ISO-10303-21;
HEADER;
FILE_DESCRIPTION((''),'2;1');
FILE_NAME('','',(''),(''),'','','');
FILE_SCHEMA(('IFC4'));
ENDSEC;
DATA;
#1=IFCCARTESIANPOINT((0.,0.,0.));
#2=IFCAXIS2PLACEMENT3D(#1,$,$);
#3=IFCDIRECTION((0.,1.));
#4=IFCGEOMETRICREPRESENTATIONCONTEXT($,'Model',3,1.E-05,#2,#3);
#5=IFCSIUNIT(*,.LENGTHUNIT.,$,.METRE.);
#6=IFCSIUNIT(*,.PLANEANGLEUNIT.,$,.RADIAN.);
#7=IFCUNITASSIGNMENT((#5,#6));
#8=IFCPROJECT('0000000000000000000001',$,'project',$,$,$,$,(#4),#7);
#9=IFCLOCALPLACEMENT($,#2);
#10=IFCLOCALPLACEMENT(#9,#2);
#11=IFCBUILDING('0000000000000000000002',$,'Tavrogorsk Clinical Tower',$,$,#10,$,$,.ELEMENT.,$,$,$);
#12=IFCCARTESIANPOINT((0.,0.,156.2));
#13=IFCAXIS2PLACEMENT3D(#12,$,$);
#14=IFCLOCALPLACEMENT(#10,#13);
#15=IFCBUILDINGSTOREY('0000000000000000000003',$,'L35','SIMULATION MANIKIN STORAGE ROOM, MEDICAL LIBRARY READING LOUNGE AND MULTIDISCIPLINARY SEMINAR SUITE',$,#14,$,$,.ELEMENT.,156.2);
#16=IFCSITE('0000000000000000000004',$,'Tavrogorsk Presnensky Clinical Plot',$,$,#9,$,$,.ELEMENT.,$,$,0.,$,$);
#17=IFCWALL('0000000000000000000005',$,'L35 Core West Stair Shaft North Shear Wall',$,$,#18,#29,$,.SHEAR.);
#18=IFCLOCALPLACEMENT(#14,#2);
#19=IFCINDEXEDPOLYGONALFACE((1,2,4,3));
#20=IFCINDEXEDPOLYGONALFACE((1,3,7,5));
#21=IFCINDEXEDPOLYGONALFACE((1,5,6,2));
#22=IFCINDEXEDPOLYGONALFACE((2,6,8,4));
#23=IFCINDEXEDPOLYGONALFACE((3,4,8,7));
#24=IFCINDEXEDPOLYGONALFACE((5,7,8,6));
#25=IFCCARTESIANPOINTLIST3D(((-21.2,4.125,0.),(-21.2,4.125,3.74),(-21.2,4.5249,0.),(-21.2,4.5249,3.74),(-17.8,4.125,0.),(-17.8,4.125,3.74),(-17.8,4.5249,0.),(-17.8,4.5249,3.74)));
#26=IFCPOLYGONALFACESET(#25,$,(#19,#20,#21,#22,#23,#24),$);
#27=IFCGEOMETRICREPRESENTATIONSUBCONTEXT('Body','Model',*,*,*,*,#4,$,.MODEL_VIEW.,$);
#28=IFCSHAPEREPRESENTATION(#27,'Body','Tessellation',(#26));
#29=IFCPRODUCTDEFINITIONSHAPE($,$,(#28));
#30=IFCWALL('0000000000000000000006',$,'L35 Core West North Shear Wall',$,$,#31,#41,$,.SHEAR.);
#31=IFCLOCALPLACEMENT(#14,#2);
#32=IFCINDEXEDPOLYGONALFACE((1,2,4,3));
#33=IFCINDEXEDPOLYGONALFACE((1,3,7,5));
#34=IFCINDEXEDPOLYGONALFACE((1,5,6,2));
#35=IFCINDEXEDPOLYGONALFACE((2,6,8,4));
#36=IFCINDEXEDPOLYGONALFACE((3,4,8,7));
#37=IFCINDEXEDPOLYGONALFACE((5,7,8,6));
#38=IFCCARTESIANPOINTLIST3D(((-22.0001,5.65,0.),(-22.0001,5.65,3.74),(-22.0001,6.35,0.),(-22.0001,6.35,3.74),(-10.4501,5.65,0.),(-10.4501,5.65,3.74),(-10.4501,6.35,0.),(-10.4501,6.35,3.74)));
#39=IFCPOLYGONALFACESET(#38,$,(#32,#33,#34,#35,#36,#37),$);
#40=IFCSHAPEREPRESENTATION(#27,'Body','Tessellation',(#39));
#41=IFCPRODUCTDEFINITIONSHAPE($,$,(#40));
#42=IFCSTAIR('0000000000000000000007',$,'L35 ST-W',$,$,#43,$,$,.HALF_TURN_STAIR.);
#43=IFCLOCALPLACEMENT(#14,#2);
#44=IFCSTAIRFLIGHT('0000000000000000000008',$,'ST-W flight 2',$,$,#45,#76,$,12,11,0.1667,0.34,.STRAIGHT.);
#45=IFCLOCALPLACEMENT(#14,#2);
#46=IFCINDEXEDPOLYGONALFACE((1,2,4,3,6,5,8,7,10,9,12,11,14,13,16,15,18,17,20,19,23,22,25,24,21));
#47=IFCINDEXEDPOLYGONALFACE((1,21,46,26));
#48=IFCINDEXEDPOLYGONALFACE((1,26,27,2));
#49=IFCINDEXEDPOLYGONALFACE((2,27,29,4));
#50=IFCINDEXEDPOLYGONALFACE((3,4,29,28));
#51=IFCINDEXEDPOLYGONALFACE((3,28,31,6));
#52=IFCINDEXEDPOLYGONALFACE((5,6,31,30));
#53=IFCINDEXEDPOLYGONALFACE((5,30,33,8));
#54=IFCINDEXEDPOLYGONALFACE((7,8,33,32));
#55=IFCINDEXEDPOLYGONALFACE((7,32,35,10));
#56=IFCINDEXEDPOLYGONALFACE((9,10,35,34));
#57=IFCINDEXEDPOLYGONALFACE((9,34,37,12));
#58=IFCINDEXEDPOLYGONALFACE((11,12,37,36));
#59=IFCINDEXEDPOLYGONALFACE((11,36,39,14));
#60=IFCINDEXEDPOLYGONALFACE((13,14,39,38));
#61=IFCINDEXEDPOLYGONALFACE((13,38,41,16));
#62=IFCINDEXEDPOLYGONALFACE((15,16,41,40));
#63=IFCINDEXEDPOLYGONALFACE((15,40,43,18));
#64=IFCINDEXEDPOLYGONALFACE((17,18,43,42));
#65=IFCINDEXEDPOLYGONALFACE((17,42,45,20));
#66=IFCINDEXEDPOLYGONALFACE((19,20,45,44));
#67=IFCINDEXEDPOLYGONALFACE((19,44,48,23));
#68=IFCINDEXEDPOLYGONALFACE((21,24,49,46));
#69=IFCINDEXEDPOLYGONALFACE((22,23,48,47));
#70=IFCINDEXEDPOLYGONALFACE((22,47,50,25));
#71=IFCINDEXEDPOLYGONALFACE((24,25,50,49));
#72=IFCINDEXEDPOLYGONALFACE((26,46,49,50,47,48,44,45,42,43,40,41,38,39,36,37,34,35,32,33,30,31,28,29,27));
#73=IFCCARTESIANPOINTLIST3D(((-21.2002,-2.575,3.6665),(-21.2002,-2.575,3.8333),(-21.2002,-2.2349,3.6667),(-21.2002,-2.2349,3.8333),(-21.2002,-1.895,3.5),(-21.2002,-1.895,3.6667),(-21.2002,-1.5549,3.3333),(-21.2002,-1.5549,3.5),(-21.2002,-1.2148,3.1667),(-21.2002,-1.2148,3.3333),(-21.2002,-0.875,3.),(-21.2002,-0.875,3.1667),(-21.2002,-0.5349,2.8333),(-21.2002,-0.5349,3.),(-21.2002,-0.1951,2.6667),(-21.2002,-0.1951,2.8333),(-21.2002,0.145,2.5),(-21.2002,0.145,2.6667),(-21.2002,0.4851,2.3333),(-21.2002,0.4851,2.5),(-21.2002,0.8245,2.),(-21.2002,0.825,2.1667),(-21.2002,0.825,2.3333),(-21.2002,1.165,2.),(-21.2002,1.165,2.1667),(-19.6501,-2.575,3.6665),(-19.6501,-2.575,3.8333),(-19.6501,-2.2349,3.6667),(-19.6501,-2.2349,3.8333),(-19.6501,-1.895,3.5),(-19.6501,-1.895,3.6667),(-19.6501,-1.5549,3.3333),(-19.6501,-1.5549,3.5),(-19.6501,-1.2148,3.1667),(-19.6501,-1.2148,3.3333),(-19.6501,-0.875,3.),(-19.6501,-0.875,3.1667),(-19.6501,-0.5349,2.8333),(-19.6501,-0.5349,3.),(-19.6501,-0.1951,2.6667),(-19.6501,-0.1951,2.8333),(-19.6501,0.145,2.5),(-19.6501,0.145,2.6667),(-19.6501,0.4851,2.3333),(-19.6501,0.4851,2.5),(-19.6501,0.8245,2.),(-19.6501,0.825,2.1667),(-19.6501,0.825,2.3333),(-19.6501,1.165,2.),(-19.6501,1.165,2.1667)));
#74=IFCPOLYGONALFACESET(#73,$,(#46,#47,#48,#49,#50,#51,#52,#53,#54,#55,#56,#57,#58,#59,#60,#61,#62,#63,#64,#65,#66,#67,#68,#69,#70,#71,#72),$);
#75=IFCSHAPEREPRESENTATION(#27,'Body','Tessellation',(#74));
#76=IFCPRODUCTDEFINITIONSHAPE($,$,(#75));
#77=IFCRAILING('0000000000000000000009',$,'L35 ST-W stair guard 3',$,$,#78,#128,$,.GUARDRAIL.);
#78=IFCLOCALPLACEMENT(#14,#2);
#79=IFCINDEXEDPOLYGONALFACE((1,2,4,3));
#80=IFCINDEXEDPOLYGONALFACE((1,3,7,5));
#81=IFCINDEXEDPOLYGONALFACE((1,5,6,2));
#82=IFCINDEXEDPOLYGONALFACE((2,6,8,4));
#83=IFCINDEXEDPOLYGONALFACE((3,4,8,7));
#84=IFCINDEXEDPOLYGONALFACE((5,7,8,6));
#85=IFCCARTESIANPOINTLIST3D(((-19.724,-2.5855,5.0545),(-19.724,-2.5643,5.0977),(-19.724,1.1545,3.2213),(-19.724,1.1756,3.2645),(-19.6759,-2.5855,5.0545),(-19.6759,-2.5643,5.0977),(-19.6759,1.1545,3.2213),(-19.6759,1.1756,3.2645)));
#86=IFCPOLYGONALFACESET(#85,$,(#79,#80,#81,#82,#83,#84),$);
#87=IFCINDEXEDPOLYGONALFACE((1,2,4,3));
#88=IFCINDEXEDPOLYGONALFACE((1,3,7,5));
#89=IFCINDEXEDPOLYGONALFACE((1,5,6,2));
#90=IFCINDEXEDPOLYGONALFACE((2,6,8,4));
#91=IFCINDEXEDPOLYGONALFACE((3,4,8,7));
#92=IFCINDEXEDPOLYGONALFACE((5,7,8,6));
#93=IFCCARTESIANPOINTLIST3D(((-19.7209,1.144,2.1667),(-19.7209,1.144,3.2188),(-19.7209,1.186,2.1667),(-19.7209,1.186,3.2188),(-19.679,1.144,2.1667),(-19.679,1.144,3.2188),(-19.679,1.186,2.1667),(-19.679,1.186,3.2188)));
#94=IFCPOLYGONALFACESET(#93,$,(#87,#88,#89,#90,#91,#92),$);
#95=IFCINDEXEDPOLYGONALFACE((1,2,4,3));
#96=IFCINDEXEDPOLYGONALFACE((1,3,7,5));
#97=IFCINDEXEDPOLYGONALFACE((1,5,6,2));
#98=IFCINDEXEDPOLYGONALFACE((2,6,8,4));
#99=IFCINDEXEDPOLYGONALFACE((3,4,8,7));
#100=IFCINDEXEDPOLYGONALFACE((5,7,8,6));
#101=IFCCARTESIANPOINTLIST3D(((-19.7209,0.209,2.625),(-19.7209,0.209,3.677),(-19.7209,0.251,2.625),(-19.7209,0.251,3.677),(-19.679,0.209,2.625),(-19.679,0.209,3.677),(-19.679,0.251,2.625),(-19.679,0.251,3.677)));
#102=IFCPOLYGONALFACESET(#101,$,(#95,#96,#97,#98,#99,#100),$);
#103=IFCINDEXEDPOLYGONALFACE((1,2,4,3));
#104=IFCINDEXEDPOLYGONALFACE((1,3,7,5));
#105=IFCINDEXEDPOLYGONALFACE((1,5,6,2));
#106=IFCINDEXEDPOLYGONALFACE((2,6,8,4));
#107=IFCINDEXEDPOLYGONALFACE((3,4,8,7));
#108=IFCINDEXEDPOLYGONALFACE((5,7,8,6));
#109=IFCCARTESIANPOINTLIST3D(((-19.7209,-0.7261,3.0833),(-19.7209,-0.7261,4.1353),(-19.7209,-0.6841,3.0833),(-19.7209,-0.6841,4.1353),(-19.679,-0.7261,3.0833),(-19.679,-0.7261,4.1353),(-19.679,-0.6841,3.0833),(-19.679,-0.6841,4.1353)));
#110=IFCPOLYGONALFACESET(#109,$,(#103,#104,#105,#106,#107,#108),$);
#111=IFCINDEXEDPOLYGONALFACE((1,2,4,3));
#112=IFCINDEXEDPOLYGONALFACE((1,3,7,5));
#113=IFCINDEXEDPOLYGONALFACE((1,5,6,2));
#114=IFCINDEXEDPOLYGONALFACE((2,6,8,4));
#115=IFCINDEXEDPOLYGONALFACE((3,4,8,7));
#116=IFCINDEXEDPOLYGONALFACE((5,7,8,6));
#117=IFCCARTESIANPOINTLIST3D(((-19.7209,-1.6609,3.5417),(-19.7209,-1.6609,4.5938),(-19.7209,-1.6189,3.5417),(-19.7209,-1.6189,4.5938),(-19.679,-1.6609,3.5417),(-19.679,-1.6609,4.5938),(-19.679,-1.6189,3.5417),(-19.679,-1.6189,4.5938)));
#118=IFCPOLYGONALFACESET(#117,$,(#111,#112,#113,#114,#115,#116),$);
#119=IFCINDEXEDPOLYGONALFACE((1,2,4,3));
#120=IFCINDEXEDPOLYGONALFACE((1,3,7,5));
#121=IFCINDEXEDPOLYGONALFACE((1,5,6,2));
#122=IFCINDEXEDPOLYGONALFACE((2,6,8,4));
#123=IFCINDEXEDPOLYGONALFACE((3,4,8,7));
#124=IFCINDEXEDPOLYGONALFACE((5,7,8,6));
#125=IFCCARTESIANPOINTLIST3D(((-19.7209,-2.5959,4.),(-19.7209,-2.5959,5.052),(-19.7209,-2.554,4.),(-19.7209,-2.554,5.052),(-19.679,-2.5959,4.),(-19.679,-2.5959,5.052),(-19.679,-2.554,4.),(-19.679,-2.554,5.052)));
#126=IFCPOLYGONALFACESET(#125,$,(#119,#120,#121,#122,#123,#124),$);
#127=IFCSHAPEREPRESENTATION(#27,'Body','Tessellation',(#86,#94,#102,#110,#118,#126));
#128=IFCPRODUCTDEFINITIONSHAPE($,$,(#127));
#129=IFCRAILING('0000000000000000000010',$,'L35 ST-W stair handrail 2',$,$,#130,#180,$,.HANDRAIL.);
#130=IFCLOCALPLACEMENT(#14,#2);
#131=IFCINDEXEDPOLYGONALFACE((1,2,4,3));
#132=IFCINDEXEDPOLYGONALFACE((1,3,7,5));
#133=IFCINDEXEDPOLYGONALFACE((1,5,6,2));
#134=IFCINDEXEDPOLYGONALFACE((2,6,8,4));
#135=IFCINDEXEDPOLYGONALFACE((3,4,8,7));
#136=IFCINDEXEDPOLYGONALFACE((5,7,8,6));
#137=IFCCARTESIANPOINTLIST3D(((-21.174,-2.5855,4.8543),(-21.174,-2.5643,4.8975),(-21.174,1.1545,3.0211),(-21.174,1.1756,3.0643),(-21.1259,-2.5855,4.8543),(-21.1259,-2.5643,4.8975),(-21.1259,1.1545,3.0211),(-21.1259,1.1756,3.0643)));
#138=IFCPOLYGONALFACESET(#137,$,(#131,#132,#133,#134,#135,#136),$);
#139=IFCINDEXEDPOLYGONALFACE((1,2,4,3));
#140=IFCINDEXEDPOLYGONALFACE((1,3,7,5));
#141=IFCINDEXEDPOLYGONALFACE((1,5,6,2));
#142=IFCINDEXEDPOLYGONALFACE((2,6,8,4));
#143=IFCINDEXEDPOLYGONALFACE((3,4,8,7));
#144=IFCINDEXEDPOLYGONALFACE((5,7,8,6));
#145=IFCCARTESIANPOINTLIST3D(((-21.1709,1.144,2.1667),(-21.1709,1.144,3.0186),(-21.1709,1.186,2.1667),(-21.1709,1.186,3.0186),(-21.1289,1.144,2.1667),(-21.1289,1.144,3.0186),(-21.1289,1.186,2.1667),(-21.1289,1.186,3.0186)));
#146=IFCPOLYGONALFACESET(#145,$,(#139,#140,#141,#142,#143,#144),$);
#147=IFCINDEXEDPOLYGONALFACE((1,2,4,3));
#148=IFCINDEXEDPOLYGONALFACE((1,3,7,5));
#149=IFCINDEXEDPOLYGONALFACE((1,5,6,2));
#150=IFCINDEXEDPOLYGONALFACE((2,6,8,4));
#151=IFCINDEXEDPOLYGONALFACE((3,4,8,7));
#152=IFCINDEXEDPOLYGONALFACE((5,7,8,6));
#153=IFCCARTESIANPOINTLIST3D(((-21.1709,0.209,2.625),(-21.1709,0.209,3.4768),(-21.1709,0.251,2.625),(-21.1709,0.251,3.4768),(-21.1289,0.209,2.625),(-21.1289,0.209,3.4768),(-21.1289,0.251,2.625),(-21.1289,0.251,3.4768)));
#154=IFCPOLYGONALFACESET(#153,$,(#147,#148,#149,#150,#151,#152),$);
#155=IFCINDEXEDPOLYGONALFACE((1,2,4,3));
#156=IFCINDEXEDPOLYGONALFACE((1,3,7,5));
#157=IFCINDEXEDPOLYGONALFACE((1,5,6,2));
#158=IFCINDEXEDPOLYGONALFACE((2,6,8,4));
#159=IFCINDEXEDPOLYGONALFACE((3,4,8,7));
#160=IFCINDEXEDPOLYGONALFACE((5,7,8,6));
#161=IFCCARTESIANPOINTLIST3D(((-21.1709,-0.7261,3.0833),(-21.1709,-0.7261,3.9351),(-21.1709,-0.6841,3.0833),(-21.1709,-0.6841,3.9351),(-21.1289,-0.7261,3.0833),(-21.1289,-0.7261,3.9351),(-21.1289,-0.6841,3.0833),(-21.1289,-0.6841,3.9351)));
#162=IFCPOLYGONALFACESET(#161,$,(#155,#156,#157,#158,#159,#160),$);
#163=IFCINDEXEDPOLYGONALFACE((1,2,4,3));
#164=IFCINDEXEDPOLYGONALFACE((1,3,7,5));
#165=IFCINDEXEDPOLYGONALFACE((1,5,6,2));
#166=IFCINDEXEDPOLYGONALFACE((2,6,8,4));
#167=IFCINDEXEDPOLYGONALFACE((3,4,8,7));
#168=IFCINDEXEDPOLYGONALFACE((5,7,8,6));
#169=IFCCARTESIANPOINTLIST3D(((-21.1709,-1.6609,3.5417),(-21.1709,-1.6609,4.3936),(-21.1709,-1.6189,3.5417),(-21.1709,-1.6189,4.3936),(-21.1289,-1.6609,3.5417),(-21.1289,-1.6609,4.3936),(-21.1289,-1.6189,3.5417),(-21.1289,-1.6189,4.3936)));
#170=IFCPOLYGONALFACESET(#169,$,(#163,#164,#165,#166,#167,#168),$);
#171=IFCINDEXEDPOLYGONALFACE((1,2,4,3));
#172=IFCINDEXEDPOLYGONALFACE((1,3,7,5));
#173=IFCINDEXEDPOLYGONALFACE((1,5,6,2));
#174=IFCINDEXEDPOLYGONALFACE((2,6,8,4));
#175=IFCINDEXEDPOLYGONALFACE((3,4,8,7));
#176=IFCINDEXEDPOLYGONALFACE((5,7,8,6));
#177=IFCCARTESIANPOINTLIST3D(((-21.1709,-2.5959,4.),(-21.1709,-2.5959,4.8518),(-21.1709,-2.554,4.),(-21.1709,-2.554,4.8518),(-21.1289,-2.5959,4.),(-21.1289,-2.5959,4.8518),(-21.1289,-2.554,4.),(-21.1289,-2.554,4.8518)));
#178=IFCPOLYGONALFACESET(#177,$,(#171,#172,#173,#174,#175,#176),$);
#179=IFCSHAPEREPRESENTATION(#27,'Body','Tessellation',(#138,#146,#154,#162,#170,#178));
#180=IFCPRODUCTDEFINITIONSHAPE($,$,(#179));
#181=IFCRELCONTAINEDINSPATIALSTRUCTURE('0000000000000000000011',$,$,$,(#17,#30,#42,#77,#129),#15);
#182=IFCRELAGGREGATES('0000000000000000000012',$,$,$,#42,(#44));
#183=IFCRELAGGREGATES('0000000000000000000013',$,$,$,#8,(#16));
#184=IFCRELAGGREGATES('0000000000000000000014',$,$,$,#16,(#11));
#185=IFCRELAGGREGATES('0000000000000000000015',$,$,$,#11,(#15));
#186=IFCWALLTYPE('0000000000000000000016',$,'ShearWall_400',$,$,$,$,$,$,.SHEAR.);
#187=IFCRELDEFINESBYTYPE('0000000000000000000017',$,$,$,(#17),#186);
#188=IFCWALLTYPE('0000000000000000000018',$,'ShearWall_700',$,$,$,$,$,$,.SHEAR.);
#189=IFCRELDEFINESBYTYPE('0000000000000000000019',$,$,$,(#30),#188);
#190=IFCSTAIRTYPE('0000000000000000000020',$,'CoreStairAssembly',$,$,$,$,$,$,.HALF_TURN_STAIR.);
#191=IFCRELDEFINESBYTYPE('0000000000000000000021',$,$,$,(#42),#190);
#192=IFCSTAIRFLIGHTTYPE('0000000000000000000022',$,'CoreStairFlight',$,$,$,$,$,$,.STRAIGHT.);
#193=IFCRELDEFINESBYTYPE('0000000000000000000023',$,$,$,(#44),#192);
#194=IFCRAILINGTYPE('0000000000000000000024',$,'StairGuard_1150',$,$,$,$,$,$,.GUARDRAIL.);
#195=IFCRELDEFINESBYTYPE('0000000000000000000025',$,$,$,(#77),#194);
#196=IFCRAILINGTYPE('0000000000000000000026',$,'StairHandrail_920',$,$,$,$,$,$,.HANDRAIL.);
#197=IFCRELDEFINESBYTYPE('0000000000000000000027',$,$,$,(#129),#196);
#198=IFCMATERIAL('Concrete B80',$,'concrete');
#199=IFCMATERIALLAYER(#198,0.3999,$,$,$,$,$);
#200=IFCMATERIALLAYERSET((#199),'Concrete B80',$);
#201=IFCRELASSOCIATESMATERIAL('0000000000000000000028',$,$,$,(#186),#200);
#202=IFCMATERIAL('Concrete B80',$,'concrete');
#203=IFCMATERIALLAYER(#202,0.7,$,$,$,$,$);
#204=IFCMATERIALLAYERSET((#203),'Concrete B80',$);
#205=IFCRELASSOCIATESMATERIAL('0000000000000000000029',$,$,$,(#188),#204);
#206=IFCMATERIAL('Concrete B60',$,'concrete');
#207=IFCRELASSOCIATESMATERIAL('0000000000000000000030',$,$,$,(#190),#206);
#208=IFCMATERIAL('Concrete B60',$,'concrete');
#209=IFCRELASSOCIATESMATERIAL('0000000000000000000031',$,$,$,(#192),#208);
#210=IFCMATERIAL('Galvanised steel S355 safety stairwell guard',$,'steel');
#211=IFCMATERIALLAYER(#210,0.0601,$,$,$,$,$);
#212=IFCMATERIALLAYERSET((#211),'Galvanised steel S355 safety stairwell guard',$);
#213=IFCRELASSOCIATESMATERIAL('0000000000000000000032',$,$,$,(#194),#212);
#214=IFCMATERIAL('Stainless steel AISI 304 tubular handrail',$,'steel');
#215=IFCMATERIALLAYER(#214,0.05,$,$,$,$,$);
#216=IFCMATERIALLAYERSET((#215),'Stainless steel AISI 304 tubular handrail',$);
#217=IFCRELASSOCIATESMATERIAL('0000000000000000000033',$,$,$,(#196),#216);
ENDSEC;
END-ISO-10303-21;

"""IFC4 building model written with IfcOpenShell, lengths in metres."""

from ifc_helpers import new_model, si_unit, direction, frame, frame_2d, origin, origin_2d, place, context, subcontext, project, spatial, polyline, rectangle, outline, extrude, material, layer, layer_set, type_object, element, aggregate, save


model = new_model("IFC4")

# Units and contexts
model_context = context("Model", 3, precision=1e-05, world=origin(), true_north=direction((0.0, 1.0)))
body_context = subcontext(model_context, "Body", "Model", "MODEL_VIEW")
ifc_project = project(units=[si_unit("LENGTHUNIT", "METRE"), si_unit("PLANEANGLEUNIT", "RADIAN")], contexts=[model_context])

# Site, building, storey
site_placement = place(None, origin())
site = spatial("IfcSite", under=ifc_project, at=site_placement, Name="Tavrogorsk Presnensky Clinical Plot", CompositionType="ELEMENT", RefElevation=0.0)
building_placement = place(site_placement, origin())
building = spatial("IfcBuilding", under=site, at=building_placement, Name="Tavrogorsk Clinical Tower", CompositionType="ELEMENT")
storey_placement = place(building_placement, frame((0.0, 0.0, 156.2)))
storey = spatial("IfcBuildingStorey", under=building, at=storey_placement, Name="L35", Description="SIMULATION MANIKIN STORAGE ROOM, MEDICAL LIBRARY READING LOUNGE AND MULTIDISCIPLINARY SEMINAR SUITE", CompositionType="ELEMENT", Elevation=156.2)

# Walls
ifc_material_1 = material(Name="Concrete B80", Category="concrete")
ifc_layer_1 = layer(ifc_material_1, 0.3999)
ifc_layer_set_1 = layer_set([ifc_layer_1], Name="Concrete B80")
wall_type_1 = type_object("IfcWallType", Name="ShearWall_400", PredefinedType="SHEAR", material=ifc_layer_set_1)
wall_1_placement = place(storey_placement, frame((-21.2, 4.325, 0.0), z_axis=(0.0, 0.0, 1.0), x_axis=(1.0, 0.0, 0.0)))
element("IfcWall", 1, at=wall_1_placement, inside=storey, type_object=wall_type_1, Name="L35 Core West Stair Shaft North Shear Wall", PredefinedType="SHEAR", context=body_context, shape_type="SweptSolid", body=[
    extrude(rectangle(XDim=3.3999, YDim=0.3999, at=frame_2d((1.7, 0.0))), origin(), (0.0, 0.0, 1.0), 3.74),
])
ifc_material_2 = material(Name="Concrete B80", Category="concrete")
ifc_layer_2 = layer(ifc_material_2, 0.7)
ifc_layer_set_2 = layer_set([ifc_layer_2], Name="Concrete B80")
wall_type_2 = type_object("IfcWallType", Name="ShearWall_700", PredefinedType="SHEAR", material=ifc_layer_set_2)
wall_2_placement = place(storey_placement, frame((-22.0, 6.0, 0.0), z_axis=(0.0, 0.0, 1.0), x_axis=(1.0, 0.0, 0.0)))
element("IfcWall", 2, at=wall_2_placement, inside=storey, type_object=wall_type_2, Name="L35 Core West North Shear Wall", PredefinedType="SHEAR", context=body_context, shape_type="SweptSolid", body=[
    extrude(rectangle(XDim=11.55, YDim=0.7, at=frame_2d((5.7749, 0.0))), origin(), (0.0, 0.0, 1.0), 3.74),
])

# Stair, stair flight
ifc_material_3 = material(Name="Concrete B60", Category="concrete")
stair_type = type_object("IfcStairType", Name="CoreStairAssembly", PredefinedType="HALF_TURN_STAIR", material=ifc_material_3)
stair_placement = place(storey_placement, origin())
stair = element("IfcStair", 3, at=stair_placement, inside=storey, type_object=stair_type, Name="L35 ST-W", PredefinedType="HALF_TURN_STAIR")
ifc_material_4 = material(Name="Concrete B60", Category="concrete")
stair_flight_type = type_object("IfcStairFlightType", Name="CoreStairFlight", PredefinedType="STRAIGHT", material=ifc_material_4)
stair_flight_placement = place(storey_placement, frame((-20.425, 1.165, 2.0), z_axis=(0.0, 0.0, 1.0), x_axis=(0.0, -1.0, 0.0)))
stair_flight = element("IfcStairFlight", 4, at=stair_flight_placement, type_object=stair_flight_type, Name="ST-W flight 2", NumberOfRisers=12, NumberOfTreads=11, PredefinedType="STRAIGHT", RiserHeight=0.1667, TreadLength=0.34, context=body_context, shape_type="SweptSolid", body=[
    extrude(outline(polyline([(0.0, 0.0), (0.0, 0.1667), (0.3401, 0.1667), (0.3401, 0.3333), (0.6799, 0.3333), (0.6799, 0.5), (1.02, 0.5), (1.02, 0.6667), (1.3601, 0.6667), (1.3601, 0.8333), (1.7, 0.8333), (1.7, 1.0), (2.04, 1.0), (2.04, 1.1667), (2.3799, 1.1667), (2.3799, 1.3333), (2.72, 1.3333), (2.72, 1.5), (3.0601, 1.5), (3.0601, 1.6667), (3.3999, 1.6667), (3.3999, 1.8333), (3.74, 1.8333), (3.74, 2.0), (3.74, 1.6665), (0.3406, 0.0), (0.0, 0.0)])), frame((0.0, 0.7749, 0.0), z_axis=(0.0, -1.0, 0.0), x_axis=(1.0, 0.0, 0.0)), (0.0, 0.0, 1.0), 1.55),
])
aggregate(stair, [stair_flight])

# Railings
ifc_material_5 = material(Name="Galvanised steel S355 safety stairwell guard", Category="steel")
ifc_layer_3 = layer(ifc_material_5, 0.0601)
ifc_layer_set_3 = layer_set([ifc_layer_3], Name="Galvanised steel S355 safety stairwell guard")
railing_type_1 = type_object("IfcRailingType", Name="StairGuard_1150", PredefinedType="GUARDRAIL", material=ifc_layer_set_3)
railing_1_placement = place(storey_placement, frame((-19.7, 1.165, 2.1667)))
element("IfcRailing", 5, at=railing_1_placement, inside=storey, type_object=railing_type_1, Name="L35 ST-W stair guard 3", PredefinedType="GUARDRAIL", context=body_context, shape_type="SweptSolid", body=[
    extrude(rectangle(XDim=0.0481, YDim=0.0481, at=origin_2d()), frame((0.0, 0.0, 1.0762), z_axis=(0.0, -0.897928, 0.440142), x_axis=(1.0, 0.0, 0.0)), (0.0, 0.0, 1.0), 4.165),
    extrude(rectangle(XDim=0.042, YDim=0.042, at=origin_2d()), origin(), (0.0, 0.0, 1.0), 1.052),
    extrude(rectangle(XDim=0.042, YDim=0.042, at=origin_2d()), frame((0.0, -0.9351, 0.4583)), (0.0, 0.0, 1.0), 1.052),
    extrude(rectangle(XDim=0.042, YDim=0.042, at=origin_2d()), frame((0.0, -1.8701, 0.9165)), (0.0, 0.0, 1.0), 1.052),
    extrude(rectangle(XDim=0.042, YDim=0.042, at=origin_2d()), frame((0.0, -2.8049, 1.375)), (0.0, 0.0, 1.0), 1.052),
    extrude(rectangle(XDim=0.042, YDim=0.042, at=origin_2d()), frame((0.0, -3.74, 1.8333)), (0.0, 0.0, 1.0), 1.052),
])
ifc_material_6 = material(Name="Stainless steel AISI 304 tubular handrail", Category="steel")
ifc_layer_4 = layer(ifc_material_6, 0.05)
ifc_layer_set_4 = layer_set([ifc_layer_4], Name="Stainless steel AISI 304 tubular handrail")
railing_type_2 = type_object("IfcRailingType", Name="StairHandrail_920", PredefinedType="HANDRAIL", material=ifc_layer_set_4)
railing_2_placement = place(storey_placement, frame((-21.1499, 1.165, 2.1667)))
element("IfcRailing", 6, at=railing_2_placement, inside=storey, type_object=railing_type_2, Name="L35 ST-W stair handrail 2", PredefinedType="HANDRAIL", context=body_context, shape_type="SweptSolid", body=[
    extrude(rectangle(XDim=0.0481, YDim=0.0481, at=origin_2d()), frame((0.0, 0.0, 0.876), z_axis=(0.0, -0.897928, 0.440142), x_axis=(1.0, 0.0, 0.0)), (0.0, 0.0, 1.0), 4.165),
    extrude(rectangle(XDim=0.042, YDim=0.042, at=origin_2d()), origin(), (0.0, 0.0, 1.0), 0.8518),
    extrude(rectangle(XDim=0.042, YDim=0.042, at=origin_2d()), frame((0.0, -0.9351, 0.4583)), (0.0, 0.0, 1.0), 0.8518),
    extrude(rectangle(XDim=0.042, YDim=0.042, at=origin_2d()), frame((0.0, -1.8701, 0.9165)), (0.0, 0.0, 1.0), 0.8518),
    extrude(rectangle(XDim=0.042, YDim=0.042, at=origin_2d()), frame((0.0, -2.8049, 1.375)), (0.0, 0.0, 1.0), 0.8518),
    extrude(rectangle(XDim=0.042, YDim=0.042, at=origin_2d()), frame((0.0, -3.74, 1.8333)), (0.0, 0.0, 1.0), 0.8518),
])

save(model, "model.ifc")
